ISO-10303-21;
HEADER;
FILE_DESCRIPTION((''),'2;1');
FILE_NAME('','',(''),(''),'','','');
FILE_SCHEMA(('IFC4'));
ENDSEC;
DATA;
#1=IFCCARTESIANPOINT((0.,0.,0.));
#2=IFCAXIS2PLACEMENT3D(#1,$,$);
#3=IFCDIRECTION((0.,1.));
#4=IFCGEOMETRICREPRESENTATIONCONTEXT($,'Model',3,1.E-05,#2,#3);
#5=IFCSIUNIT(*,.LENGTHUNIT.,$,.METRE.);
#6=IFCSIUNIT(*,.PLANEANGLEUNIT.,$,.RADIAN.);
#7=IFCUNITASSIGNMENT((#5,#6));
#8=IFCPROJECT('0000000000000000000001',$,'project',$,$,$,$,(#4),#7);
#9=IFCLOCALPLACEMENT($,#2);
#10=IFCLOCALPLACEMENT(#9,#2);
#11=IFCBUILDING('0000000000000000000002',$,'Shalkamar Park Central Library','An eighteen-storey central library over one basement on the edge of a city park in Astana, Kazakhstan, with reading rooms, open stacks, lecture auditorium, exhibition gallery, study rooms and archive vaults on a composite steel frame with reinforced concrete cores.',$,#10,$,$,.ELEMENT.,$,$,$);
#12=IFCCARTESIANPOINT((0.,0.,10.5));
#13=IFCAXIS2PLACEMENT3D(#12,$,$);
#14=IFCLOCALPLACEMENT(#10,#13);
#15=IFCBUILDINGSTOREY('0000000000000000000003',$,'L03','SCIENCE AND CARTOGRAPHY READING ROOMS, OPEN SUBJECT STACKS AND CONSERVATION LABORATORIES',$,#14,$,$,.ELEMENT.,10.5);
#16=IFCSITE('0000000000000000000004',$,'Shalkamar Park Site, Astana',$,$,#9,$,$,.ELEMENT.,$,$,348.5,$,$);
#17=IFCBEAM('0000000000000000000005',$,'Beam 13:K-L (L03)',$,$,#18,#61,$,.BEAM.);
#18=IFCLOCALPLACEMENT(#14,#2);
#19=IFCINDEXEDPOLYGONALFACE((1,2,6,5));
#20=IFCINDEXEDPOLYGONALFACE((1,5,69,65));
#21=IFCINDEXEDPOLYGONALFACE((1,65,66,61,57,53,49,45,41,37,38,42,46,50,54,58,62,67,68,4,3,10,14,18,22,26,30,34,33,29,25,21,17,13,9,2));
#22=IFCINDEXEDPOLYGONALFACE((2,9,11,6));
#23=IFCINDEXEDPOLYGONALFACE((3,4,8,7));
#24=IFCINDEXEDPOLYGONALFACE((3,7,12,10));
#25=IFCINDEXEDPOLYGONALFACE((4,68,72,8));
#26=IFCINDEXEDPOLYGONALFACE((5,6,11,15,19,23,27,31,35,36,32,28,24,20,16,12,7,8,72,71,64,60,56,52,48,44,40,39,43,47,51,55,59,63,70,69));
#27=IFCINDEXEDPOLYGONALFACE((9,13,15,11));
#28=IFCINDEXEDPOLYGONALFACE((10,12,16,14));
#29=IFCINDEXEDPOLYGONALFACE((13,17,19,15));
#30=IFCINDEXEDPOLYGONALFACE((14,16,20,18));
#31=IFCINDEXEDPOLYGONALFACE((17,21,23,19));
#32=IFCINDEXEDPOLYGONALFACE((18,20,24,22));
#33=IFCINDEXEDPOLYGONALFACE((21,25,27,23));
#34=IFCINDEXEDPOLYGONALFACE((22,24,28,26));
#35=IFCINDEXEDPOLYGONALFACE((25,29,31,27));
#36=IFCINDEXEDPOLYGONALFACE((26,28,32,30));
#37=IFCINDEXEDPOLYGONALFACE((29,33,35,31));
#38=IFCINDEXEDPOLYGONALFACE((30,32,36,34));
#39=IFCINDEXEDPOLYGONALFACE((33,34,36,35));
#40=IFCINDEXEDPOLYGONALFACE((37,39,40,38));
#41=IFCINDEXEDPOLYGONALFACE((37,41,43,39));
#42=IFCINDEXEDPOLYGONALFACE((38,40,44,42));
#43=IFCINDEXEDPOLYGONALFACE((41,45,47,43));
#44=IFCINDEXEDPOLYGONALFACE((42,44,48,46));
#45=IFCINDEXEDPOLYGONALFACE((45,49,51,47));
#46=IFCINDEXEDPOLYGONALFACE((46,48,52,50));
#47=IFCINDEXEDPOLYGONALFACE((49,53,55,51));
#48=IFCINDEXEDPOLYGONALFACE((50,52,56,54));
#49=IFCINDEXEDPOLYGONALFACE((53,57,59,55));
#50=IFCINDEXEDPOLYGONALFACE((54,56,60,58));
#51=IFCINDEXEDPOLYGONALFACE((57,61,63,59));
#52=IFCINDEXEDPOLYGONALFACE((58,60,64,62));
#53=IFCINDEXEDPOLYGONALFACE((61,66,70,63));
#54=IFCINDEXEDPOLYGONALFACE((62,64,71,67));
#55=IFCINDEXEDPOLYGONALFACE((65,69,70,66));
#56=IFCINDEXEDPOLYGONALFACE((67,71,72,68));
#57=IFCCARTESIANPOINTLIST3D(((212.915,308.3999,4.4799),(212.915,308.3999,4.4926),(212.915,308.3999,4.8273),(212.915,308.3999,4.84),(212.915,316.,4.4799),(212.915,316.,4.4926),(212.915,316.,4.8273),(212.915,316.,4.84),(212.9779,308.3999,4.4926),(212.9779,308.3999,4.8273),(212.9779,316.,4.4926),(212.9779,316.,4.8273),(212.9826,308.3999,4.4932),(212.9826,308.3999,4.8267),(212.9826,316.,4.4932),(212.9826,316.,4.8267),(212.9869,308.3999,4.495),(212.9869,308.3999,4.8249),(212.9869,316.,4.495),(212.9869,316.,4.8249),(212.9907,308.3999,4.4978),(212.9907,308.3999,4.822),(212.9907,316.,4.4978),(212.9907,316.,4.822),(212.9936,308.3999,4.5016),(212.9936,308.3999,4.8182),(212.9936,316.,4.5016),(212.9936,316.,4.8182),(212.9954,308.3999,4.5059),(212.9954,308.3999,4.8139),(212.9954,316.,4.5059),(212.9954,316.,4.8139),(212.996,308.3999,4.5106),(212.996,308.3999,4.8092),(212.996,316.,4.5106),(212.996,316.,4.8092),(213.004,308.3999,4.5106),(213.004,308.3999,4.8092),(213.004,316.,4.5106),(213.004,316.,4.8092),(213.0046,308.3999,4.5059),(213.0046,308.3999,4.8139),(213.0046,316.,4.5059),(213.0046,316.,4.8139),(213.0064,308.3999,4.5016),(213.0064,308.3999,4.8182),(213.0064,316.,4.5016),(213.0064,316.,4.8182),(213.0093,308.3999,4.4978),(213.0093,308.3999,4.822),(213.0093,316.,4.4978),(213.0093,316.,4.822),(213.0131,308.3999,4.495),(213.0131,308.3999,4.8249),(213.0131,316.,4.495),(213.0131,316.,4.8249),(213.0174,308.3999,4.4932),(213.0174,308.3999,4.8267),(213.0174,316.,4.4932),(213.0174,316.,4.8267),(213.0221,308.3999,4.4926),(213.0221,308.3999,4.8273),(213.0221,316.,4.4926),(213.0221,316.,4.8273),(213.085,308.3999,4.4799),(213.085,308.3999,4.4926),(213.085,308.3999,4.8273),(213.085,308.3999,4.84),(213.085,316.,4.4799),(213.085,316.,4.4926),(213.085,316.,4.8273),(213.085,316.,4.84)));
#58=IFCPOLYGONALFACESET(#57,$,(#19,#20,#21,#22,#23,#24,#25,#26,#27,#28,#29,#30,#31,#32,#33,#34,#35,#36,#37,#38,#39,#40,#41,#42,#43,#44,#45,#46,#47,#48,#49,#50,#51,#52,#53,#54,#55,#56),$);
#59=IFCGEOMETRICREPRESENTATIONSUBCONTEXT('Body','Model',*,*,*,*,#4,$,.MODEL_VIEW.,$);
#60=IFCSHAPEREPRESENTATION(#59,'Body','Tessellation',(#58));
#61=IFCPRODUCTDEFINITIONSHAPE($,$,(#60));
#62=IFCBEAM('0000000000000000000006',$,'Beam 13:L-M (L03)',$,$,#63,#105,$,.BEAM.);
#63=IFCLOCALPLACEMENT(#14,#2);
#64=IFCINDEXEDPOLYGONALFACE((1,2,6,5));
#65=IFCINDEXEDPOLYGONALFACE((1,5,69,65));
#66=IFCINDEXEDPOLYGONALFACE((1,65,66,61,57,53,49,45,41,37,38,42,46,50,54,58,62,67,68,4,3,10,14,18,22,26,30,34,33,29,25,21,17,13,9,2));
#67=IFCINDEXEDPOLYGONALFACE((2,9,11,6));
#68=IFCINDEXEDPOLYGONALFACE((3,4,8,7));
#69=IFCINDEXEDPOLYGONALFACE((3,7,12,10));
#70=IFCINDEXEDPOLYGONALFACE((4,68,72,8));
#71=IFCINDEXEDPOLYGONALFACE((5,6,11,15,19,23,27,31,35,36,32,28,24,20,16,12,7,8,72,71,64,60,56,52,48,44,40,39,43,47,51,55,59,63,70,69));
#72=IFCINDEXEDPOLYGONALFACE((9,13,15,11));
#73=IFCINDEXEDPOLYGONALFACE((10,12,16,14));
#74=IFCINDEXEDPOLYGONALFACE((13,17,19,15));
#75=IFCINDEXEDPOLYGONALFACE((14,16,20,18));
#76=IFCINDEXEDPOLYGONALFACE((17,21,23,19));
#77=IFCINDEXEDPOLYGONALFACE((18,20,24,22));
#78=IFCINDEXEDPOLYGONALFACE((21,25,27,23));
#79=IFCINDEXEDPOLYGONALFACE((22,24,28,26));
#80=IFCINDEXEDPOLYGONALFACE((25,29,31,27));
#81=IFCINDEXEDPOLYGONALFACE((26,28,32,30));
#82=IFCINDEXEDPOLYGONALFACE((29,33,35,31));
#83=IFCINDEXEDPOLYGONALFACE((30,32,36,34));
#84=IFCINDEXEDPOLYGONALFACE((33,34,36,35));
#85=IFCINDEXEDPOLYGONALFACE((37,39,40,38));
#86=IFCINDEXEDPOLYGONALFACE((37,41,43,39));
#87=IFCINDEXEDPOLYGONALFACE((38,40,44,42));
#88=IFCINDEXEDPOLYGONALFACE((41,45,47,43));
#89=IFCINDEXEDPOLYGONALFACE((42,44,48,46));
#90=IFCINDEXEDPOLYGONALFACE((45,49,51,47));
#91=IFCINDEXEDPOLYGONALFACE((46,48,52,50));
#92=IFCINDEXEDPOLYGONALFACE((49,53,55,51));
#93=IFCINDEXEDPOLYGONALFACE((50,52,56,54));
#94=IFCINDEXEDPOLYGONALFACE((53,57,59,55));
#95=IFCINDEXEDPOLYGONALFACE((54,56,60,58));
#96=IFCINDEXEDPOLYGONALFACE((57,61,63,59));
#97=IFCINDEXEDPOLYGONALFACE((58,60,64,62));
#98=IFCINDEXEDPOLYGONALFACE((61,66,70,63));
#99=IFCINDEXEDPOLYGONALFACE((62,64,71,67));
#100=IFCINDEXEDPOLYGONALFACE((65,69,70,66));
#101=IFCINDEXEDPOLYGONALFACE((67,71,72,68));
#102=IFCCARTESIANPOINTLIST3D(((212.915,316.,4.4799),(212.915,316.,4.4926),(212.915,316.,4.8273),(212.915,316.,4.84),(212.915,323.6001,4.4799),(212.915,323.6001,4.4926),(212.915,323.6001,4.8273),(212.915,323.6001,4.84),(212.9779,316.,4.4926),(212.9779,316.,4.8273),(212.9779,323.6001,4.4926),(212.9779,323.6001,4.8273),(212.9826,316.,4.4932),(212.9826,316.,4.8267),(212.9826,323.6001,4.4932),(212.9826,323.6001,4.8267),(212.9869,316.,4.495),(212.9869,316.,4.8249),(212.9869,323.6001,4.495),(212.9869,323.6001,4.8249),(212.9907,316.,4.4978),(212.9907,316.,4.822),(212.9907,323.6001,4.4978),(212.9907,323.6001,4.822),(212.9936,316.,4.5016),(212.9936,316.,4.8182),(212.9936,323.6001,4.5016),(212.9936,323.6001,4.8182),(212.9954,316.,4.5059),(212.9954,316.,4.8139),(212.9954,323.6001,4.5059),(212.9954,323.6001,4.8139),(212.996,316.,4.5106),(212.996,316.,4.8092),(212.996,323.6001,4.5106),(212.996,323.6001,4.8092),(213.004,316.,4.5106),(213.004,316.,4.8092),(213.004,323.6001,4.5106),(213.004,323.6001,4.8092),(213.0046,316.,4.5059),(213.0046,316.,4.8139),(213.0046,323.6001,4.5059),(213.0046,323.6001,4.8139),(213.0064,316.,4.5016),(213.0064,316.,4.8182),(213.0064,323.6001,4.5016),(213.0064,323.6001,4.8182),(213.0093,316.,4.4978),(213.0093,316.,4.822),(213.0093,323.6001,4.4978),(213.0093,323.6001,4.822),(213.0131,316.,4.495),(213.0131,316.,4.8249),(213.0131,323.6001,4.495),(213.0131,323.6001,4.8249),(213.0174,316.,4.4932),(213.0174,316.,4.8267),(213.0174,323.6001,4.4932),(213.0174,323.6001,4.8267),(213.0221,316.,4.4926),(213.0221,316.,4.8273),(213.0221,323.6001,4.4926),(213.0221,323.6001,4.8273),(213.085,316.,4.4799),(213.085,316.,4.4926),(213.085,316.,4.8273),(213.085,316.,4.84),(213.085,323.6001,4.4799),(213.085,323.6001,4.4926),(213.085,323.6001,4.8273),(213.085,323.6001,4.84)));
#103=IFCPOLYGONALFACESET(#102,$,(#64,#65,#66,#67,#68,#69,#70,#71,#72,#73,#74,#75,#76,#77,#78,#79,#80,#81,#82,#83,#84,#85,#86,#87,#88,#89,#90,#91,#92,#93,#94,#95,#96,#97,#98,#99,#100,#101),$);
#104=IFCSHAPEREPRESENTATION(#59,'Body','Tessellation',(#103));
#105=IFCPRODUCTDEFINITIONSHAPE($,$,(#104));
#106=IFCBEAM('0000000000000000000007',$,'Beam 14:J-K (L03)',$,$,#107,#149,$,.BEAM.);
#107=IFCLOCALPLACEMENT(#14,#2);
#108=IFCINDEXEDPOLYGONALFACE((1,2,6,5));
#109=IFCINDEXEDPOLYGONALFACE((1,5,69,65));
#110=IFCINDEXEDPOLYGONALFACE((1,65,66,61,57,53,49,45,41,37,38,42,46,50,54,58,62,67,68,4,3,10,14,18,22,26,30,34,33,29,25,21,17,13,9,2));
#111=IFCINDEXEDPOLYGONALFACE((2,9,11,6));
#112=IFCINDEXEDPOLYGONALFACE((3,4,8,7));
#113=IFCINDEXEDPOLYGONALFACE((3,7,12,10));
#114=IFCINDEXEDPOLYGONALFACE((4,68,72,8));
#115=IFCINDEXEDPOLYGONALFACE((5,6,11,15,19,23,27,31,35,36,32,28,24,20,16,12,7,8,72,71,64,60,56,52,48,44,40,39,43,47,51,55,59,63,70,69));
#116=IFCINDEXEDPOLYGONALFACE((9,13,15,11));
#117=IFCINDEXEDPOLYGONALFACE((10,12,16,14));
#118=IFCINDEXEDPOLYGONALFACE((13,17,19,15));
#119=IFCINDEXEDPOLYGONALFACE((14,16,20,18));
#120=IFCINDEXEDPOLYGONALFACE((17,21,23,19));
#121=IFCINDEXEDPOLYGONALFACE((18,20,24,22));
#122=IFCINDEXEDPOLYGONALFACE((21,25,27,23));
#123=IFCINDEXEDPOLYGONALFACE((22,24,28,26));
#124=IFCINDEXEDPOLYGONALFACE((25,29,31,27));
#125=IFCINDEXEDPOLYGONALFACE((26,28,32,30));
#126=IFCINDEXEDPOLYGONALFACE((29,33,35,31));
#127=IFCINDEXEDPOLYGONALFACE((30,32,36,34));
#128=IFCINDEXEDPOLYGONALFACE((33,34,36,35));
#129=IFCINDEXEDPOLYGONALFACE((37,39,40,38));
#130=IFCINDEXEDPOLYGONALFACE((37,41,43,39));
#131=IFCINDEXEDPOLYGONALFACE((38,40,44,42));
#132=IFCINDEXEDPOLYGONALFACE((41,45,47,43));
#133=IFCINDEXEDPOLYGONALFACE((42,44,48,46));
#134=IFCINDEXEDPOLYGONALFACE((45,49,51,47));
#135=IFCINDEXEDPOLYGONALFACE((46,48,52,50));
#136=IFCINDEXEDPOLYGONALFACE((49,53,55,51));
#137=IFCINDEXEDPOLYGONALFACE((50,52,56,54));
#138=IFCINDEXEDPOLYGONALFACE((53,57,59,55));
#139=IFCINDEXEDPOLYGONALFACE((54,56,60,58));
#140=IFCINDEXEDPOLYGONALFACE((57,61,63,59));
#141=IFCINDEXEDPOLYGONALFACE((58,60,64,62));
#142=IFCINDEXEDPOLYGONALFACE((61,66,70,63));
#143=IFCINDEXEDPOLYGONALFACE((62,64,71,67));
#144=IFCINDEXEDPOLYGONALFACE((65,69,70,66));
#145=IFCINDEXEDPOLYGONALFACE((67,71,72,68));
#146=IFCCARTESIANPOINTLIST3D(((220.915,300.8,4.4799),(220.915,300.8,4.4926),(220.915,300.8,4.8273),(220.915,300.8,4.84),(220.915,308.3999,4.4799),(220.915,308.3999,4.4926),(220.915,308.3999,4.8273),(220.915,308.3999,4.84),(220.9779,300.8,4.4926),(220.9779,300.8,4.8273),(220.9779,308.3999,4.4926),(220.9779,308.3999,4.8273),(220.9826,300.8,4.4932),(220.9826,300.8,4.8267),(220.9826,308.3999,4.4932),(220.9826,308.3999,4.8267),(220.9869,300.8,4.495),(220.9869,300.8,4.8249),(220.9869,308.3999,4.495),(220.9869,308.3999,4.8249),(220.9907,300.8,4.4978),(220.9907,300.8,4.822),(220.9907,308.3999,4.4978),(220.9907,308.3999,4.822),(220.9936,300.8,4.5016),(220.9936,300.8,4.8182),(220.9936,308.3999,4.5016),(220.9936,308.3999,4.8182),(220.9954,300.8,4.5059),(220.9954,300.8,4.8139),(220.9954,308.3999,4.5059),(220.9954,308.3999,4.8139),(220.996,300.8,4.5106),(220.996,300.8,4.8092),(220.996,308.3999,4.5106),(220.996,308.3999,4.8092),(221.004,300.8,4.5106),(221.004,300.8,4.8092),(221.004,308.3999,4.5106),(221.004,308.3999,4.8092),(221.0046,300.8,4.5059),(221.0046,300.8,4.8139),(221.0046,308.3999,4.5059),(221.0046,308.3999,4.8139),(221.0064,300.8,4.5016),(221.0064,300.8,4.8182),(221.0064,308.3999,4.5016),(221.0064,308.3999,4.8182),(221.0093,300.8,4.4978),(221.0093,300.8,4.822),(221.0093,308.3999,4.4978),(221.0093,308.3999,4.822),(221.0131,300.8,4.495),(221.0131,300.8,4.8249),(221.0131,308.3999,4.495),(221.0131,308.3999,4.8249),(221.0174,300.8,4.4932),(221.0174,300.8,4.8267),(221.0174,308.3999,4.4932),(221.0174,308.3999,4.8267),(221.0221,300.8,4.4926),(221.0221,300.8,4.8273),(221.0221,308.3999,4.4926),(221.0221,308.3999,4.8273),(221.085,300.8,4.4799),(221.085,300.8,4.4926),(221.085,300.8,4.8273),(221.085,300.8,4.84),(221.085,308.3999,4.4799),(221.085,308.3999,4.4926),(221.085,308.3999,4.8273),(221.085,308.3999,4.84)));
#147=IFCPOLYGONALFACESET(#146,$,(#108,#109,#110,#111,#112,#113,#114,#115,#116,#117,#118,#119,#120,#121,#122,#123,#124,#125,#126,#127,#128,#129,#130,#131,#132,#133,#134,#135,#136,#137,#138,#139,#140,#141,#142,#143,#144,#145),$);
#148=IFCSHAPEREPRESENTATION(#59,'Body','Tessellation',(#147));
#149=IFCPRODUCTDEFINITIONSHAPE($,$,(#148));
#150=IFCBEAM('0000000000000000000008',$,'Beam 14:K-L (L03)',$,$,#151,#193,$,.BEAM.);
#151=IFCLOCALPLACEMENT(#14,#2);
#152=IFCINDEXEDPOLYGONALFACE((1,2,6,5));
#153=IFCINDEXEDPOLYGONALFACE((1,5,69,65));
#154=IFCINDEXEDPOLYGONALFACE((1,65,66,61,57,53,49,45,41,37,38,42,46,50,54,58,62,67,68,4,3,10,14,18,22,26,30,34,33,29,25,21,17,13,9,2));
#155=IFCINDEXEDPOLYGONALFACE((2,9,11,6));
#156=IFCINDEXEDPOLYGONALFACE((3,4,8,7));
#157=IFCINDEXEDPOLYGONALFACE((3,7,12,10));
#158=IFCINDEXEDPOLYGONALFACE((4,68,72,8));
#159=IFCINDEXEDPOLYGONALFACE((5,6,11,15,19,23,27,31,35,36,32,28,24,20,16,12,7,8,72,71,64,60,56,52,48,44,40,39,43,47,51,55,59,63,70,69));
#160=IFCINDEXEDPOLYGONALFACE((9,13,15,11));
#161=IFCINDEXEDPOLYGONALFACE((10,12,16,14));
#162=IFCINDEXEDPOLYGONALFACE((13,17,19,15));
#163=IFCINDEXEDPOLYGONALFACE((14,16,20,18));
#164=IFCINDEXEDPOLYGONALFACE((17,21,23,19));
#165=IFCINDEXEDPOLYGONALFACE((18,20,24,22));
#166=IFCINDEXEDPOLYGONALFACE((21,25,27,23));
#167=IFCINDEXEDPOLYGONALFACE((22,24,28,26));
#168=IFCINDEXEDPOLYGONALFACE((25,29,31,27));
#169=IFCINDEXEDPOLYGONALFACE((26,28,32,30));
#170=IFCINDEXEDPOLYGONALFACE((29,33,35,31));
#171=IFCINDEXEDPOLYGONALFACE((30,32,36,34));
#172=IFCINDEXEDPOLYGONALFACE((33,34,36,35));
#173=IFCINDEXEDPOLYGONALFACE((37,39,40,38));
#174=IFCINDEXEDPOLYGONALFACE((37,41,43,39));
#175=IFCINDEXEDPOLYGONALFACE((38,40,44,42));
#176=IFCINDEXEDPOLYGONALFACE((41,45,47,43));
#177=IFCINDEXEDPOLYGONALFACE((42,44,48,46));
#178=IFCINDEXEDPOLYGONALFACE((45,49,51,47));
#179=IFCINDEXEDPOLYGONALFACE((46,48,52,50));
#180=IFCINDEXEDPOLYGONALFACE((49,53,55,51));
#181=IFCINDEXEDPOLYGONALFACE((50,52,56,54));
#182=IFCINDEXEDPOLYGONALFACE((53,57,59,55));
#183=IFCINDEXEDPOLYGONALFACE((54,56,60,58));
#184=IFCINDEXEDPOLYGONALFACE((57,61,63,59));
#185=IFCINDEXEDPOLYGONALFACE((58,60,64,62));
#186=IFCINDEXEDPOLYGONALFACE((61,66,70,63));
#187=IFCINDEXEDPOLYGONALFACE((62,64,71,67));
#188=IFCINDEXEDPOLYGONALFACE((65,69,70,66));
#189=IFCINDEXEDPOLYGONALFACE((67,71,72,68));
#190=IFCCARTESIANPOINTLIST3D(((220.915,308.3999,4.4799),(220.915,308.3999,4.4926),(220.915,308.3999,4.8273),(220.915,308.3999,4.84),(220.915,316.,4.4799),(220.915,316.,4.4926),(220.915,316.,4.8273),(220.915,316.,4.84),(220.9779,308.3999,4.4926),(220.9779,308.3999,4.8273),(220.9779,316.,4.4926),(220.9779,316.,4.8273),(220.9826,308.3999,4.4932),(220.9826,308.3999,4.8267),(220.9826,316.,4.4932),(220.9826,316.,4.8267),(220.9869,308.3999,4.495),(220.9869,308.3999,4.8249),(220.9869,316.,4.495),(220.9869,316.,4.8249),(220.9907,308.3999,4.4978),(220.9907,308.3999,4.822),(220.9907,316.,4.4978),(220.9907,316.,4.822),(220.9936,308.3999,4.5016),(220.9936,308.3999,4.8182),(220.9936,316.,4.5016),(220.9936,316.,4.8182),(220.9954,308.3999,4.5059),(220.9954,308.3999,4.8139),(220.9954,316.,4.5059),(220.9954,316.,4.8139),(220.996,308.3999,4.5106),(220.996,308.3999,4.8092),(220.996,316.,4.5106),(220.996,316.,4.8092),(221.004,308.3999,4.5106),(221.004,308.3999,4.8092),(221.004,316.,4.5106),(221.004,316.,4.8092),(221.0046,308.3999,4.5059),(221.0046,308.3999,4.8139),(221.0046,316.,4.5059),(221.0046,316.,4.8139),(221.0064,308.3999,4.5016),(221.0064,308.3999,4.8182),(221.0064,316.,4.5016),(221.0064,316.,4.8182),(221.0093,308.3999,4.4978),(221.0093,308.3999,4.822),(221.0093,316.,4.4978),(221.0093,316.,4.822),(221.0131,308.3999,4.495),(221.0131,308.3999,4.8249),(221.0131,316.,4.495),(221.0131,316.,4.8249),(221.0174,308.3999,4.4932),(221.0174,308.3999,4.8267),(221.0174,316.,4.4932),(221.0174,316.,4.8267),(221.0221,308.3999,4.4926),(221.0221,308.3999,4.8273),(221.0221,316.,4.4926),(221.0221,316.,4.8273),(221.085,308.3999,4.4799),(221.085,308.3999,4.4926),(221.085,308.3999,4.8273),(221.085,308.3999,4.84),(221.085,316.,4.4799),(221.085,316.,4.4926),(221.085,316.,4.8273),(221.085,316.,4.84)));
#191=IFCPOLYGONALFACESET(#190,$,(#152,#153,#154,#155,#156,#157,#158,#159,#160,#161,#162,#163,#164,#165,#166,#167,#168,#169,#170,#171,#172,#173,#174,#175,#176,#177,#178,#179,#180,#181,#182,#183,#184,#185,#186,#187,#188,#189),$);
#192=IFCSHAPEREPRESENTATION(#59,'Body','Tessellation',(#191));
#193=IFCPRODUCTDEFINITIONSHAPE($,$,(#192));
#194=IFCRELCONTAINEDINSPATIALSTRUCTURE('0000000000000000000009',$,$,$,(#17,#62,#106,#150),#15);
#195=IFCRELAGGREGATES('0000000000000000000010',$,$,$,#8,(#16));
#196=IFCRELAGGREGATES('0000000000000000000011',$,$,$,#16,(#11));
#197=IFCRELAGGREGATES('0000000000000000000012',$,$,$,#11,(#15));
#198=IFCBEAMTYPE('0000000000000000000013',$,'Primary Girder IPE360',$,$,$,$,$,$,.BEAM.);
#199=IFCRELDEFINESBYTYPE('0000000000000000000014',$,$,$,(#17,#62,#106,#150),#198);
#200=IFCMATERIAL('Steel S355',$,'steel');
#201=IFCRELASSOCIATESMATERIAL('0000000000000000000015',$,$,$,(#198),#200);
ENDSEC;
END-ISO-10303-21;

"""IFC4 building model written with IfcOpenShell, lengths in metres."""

from ifc_helpers import new_model, si_unit, direction, frame, origin, origin_2d, place, context, subcontext, project, spatial, i_section, extrude, material, material_profile, profile_set, type_object, element, save


model = new_model("IFC4")

# Units and contexts
model_context = context("Model", 3, precision=1e-05, world=origin(), true_north=direction((0.0, 1.0)))
body_context = subcontext(model_context, "Body", "Model", "MODEL_VIEW")
ifc_project = project(units=[si_unit("LENGTHUNIT", "METRE"), si_unit("PLANEANGLEUNIT", "RADIAN")], contexts=[model_context])

# Site, building, storey
site_placement = place(None, origin())
site = spatial("IfcSite", under=ifc_project, at=site_placement, Name="Shalkamar Park Site, Astana", CompositionType="ELEMENT", RefElevation=348.5)
building_placement = place(site_placement, origin())
building = spatial("IfcBuilding", under=site, at=building_placement, Name="Shalkamar Park Central Library", Description="An eighteen-storey central library over one basement on the edge of a city park in Astana, Kazakhstan, with reading rooms, open stacks, lecture auditorium, exhibition gallery, study rooms and archive vaults on a composite steel frame with reinforced concrete cores.", CompositionType="ELEMENT")
storey_placement = place(building_placement, frame((0.0, 0.0, 10.5)))
storey = spatial("IfcBuildingStorey", under=building, at=storey_placement, Name="L03", Description="SCIENCE AND CARTOGRAPHY READING ROOMS, OPEN SUBJECT STACKS AND CONSERVATION LABORATORIES", CompositionType="ELEMENT", Elevation=10.5)

# Shared definitions
ifc_material = material(Name="Steel S355", Category="steel")

# Beams
ifc_material_profile_1 = material_profile(ifc_material, i_section(OverallWidth=0.1699, OverallDepth=0.3601, WebThickness=0.0081, FlangeThickness=0.0127, FilletRadius=0.0181, at=origin_2d()), Name="IPE 360")
ifc_profile_set_1 = profile_set([ifc_material_profile_1], Name="Steel S355")
beam_type_1 = type_object("IfcBeamType", Name="Primary Girder IPE360", PredefinedType="BEAM", material=ifc_profile_set_1)
for number, where, z_axis, x_axis, name in (
    (1, (213.0, 308.3999, 4.6599), (0.0, 1.0, 0.0), (-1.0, 0.0, 0.0), "Beam 13:K-L (L03)"),
    (2, (213.0, 316.0, 4.6599), (0.0, 1.0, 0.0), (-1.0, 0.0, 0.0), "Beam 13:L-M (L03)"),
):
    element("IfcBeam", number, at=place(storey_placement, frame(where, z_axis=z_axis, x_axis=x_axis)), inside=storey, type_object=beam_type_1, Name=name, PredefinedType="BEAM", context=body_context, shape_type="SweptSolid", body=[
        extrude(i_section(OverallWidth=0.1699, OverallDepth=0.3601, WebThickness=0.0081, FlangeThickness=0.0127, FilletRadius=0.0181, at=origin_2d()), origin(), (0.0, 0.0, 1.0), 7.6001),
    ])
beam_1_placement = place(storey_placement, frame((221.0, 300.8, 4.6599), z_axis=(0.0, 1.0, 0.0), x_axis=(-1.0, 0.0, 0.0)))
element("IfcBeam", 3, at=beam_1_placement, inside=storey, type_object=beam_type_1, Name="Beam 14:J-K (L03)", PredefinedType="BEAM", context=body_context, shape_type="SweptSolid", body=[
    extrude(i_section(OverallWidth=0.1699, OverallDepth=0.3601, WebThickness=0.0081, FlangeThickness=0.0127, FilletRadius=0.0181, at=origin_2d()), origin(), (0.0, 0.0, 1.0), 7.5999),
])
beam_2_placement = place(storey_placement, frame((221.0, 308.3999, 4.6599), z_axis=(0.0, 1.0, 0.0), x_axis=(-1.0, 0.0, 0.0)))
element("IfcBeam", 4, at=beam_2_placement, inside=storey, type_object=beam_type_1, Name="Beam 14:K-L (L03)", PredefinedType="BEAM", context=body_context, shape_type="SweptSolid", body=[
    extrude(i_section(OverallWidth=0.1699, OverallDepth=0.3601, WebThickness=0.0081, FlangeThickness=0.0127, FilletRadius=0.0181, at=origin_2d()), origin(), (0.0, 0.0, 1.0), 7.6001),
])

save(model, "model.ifc")
